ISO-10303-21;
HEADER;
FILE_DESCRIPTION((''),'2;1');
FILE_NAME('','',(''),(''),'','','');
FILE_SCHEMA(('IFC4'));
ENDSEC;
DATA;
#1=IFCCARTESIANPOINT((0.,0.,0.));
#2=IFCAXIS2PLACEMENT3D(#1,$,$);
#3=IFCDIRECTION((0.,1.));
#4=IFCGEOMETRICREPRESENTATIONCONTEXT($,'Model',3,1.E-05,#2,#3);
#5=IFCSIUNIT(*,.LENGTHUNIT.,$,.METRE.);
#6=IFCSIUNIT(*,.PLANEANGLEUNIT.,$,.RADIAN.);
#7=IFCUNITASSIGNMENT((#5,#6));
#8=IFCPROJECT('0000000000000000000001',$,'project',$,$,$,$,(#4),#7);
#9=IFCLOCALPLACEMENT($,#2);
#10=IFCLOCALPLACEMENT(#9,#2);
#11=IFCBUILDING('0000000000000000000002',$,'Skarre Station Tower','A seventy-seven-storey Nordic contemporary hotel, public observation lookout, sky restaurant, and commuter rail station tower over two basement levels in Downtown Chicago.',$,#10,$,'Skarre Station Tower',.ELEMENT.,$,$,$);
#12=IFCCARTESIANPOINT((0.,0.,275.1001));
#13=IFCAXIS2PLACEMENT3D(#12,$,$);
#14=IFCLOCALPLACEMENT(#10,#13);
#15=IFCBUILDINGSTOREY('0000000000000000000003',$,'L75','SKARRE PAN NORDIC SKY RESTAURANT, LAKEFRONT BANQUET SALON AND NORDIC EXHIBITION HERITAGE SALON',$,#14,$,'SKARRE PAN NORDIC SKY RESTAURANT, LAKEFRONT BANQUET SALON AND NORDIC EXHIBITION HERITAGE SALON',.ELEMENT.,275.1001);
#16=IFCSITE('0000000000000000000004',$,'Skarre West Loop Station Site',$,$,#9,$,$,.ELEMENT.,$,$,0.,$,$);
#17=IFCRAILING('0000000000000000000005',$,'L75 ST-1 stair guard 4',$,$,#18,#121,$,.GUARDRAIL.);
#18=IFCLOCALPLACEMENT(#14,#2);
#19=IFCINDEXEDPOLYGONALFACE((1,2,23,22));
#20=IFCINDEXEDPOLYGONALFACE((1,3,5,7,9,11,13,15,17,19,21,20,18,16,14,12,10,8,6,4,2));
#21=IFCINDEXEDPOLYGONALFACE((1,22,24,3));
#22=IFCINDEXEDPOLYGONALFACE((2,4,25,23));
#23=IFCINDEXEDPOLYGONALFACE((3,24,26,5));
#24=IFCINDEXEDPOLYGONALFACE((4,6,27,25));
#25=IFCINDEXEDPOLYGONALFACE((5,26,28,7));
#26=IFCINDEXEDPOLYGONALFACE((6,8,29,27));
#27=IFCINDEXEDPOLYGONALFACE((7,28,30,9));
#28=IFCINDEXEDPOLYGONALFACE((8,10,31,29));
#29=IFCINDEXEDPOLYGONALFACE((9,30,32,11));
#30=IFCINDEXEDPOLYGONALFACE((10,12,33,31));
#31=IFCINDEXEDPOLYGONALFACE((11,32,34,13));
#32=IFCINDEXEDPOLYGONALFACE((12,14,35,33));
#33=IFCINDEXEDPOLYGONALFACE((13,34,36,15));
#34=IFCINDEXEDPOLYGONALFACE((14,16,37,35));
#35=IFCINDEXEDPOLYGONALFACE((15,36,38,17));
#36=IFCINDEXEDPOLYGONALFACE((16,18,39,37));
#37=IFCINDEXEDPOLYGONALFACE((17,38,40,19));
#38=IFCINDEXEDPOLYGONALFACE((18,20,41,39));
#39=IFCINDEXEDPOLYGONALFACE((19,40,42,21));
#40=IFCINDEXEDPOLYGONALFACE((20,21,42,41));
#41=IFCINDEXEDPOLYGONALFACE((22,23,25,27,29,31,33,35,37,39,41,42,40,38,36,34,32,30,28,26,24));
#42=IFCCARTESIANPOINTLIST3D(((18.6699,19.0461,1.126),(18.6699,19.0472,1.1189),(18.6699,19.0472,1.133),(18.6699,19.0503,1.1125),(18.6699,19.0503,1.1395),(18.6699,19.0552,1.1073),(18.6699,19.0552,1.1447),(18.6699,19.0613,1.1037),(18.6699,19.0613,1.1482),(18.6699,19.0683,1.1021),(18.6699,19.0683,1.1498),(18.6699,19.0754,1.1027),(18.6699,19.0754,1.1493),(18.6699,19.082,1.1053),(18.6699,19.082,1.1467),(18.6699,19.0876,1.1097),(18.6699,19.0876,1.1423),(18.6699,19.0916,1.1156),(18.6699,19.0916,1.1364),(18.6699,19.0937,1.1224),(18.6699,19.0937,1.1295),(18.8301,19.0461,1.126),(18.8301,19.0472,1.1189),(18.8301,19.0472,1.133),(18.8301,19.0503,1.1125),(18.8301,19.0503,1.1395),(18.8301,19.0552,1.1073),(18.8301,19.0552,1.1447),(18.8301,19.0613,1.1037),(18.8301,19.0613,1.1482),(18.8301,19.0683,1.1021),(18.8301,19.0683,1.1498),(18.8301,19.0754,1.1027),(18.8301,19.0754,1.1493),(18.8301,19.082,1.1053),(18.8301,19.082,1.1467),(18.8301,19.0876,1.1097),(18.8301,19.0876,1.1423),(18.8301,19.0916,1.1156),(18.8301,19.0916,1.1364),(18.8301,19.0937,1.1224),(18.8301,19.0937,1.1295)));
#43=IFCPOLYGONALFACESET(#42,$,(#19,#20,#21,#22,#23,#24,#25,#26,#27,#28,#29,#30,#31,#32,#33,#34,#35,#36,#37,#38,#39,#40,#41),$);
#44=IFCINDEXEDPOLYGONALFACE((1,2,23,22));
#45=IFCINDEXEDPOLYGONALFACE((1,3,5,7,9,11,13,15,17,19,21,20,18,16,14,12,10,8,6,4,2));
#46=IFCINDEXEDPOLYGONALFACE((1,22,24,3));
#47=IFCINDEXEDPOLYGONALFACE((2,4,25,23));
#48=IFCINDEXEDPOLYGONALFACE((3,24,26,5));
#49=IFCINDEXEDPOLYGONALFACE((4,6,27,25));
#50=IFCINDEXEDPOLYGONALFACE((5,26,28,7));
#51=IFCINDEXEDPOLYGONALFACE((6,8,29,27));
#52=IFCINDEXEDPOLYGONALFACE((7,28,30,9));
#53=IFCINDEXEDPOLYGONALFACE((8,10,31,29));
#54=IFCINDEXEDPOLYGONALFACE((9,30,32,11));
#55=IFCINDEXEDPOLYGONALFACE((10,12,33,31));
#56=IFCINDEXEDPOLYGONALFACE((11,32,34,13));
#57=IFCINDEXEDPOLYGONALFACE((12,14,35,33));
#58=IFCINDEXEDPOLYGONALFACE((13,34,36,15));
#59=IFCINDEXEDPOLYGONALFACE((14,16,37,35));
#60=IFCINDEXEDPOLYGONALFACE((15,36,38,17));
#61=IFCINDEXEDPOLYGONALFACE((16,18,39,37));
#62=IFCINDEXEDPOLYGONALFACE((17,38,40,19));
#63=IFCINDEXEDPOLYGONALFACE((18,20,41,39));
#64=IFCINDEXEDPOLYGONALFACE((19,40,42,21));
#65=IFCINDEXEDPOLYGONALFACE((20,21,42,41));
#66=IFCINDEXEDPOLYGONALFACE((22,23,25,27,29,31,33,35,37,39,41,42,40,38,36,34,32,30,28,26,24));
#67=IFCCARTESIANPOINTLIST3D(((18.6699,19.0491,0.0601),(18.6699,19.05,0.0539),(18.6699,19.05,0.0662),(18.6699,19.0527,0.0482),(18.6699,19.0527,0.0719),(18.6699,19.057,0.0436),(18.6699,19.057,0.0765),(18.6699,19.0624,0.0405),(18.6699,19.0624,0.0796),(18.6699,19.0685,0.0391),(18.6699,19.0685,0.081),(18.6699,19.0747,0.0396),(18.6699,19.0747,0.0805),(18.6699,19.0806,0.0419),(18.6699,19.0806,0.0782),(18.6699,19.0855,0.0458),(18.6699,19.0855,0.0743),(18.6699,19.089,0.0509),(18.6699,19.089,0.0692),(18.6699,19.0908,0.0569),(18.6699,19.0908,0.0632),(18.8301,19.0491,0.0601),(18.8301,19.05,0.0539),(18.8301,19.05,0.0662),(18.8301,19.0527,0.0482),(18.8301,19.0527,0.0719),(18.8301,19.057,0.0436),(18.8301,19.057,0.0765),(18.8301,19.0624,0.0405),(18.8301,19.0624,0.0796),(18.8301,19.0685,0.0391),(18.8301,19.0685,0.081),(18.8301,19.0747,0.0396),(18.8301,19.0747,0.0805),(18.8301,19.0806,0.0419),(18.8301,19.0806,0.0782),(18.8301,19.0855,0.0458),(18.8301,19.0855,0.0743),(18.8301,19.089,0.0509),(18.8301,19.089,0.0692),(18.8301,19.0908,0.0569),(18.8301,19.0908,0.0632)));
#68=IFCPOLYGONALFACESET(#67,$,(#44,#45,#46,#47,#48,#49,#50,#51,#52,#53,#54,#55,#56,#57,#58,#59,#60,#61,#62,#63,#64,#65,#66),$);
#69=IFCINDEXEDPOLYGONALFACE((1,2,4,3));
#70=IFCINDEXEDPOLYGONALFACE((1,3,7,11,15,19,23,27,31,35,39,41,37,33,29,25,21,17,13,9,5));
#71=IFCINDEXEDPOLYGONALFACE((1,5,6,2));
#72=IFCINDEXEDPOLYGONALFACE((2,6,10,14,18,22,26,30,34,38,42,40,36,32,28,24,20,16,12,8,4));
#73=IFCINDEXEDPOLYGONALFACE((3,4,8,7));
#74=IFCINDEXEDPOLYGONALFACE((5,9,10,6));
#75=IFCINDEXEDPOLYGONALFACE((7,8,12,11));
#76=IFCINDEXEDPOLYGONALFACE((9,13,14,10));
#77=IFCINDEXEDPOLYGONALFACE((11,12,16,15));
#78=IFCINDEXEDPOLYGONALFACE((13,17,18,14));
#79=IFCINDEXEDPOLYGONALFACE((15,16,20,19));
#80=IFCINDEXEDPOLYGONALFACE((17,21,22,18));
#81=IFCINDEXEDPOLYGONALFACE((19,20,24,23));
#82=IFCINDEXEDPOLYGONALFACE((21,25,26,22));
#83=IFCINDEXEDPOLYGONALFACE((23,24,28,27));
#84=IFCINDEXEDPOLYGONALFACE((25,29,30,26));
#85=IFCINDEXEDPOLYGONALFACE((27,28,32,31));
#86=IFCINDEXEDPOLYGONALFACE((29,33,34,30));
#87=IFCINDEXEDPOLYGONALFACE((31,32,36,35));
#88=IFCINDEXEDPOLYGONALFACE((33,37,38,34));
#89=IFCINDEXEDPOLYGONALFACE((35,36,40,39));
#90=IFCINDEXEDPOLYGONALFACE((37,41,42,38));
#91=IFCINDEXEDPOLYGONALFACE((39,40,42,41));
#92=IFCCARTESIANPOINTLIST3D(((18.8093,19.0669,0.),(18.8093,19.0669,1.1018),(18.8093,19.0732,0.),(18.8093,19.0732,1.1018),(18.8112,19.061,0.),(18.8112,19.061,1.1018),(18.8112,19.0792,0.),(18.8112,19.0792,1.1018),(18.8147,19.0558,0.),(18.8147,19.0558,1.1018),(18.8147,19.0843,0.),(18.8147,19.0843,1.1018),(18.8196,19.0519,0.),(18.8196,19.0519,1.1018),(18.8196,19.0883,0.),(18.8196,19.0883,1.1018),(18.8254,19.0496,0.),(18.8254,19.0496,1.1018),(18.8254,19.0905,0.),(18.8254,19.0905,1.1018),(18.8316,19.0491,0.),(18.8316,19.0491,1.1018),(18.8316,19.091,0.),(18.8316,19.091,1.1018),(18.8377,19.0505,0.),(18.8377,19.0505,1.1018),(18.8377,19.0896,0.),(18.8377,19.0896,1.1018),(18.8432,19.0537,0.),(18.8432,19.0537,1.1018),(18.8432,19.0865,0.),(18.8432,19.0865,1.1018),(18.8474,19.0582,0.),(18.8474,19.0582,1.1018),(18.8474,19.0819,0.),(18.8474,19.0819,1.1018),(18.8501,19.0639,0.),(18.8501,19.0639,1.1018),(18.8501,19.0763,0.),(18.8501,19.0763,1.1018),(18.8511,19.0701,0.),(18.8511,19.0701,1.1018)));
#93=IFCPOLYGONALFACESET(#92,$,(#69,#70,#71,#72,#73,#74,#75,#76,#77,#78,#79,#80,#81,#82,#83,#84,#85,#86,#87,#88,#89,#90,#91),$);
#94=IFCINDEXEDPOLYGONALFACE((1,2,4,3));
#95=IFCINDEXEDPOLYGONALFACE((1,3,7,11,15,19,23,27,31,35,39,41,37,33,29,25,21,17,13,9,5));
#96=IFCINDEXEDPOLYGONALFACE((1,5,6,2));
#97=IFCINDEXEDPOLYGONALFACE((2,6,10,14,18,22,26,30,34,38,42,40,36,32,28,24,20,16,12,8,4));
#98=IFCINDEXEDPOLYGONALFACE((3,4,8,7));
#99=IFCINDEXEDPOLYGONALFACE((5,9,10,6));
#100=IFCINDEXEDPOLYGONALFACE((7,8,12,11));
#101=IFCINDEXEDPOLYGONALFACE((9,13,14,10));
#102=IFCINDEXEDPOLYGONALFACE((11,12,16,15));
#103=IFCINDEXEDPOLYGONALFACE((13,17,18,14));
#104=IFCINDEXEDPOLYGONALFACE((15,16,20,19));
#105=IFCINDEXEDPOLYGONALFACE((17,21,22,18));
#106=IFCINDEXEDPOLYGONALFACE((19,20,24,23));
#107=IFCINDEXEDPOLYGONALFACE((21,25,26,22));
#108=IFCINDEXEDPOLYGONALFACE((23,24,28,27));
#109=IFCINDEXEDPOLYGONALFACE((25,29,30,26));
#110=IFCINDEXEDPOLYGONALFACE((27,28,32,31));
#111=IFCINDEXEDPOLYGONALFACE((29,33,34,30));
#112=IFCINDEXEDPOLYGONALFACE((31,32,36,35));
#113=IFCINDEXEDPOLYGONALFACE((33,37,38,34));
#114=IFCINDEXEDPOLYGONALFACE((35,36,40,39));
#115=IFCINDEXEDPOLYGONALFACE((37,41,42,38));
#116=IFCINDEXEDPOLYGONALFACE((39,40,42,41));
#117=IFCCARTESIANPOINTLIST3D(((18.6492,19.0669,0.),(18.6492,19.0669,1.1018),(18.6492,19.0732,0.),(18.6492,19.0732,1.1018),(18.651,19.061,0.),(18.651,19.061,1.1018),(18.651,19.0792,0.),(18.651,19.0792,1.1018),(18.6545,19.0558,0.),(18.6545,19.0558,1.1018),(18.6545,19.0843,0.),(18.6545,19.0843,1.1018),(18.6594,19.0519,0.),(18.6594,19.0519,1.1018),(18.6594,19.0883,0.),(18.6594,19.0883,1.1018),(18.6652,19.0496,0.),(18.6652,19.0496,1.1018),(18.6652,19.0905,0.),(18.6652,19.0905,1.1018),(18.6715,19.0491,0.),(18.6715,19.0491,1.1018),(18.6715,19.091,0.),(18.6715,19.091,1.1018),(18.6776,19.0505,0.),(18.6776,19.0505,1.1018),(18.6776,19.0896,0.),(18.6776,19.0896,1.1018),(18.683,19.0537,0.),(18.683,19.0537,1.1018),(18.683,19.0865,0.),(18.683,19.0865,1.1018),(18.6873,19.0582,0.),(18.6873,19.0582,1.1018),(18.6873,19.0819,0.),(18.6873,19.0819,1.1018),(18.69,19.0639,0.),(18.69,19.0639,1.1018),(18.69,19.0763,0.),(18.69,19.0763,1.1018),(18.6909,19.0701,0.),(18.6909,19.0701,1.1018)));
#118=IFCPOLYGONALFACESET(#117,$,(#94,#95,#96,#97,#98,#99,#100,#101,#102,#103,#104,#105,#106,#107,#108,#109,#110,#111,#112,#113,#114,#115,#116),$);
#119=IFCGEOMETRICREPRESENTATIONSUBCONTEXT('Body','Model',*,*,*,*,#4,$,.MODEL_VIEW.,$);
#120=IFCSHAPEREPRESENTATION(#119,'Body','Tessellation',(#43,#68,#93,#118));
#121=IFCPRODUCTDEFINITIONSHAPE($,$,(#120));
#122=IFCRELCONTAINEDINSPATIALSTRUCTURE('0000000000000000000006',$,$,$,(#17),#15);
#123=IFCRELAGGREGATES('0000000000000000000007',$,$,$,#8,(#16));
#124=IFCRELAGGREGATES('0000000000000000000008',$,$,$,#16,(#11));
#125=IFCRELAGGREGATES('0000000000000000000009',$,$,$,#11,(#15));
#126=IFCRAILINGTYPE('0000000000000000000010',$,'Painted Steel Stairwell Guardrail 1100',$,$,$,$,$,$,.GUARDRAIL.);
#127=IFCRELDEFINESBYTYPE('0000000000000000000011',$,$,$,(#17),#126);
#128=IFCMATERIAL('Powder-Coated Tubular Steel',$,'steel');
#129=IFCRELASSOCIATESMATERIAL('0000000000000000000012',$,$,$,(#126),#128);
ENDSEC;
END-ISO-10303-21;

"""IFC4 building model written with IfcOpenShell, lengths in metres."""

from ifc_helpers import new_model, si_unit, direction, frame, origin, origin_2d, place, context, subcontext, project, spatial, circle, extrude, material, type_object, element, save


model = new_model("IFC4")

# Units and contexts
model_context = context("Model", 3, precision=1e-05, world=origin(), true_north=direction((0.0, 1.0)))
body_context = subcontext(model_context, "Body", "Model", "MODEL_VIEW")
ifc_project = project(units=[si_unit("LENGTHUNIT", "METRE"), si_unit("PLANEANGLEUNIT", "RADIAN")], contexts=[model_context])

# Site, building, storey
site_placement = place(None, origin())
site = spatial("IfcSite", under=ifc_project, at=site_placement, Name="Skarre West Loop Station Site", CompositionType="ELEMENT", RefElevation=0.0)
building_placement = place(site_placement, origin())
building = spatial("IfcBuilding", under=site, at=building_placement, Name="Skarre Station Tower", Description="A seventy-seven-storey Nordic contemporary hotel, public observation lookout, sky restaurant, and commuter rail station tower over two basement levels in Downtown Chicago.", LongName="Skarre Station Tower", CompositionType="ELEMENT")
storey_placement = place(building_placement, frame((0.0, 0.0, 275.1001)))
storey = spatial("IfcBuildingStorey", under=building, at=storey_placement, Name="L75", Description="SKARRE PAN NORDIC SKY RESTAURANT, LAKEFRONT BANQUET SALON AND NORDIC EXHIBITION HERITAGE SALON", LongName="SKARRE PAN NORDIC SKY RESTAURANT, LAKEFRONT BANQUET SALON AND NORDIC EXHIBITION HERITAGE SALON", CompositionType="ELEMENT", Elevation=275.1001)

# Railing
ifc_material_1 = material(Name="Powder-Coated Tubular Steel", Category="steel")
railing_type = type_object("IfcRailingType", Name="Painted Steel Stairwell Guardrail 1100", PredefinedType="GUARDRAIL", material=ifc_material_1)
railing_placement = place(storey_placement, frame((18.8301, 19.0701, 0.0)))
element("IfcRailing", 1, at=railing_placement, inside=storey, type_object=railing_type, Name="L75 ST-1 stair guard 4", PredefinedType="GUARDRAIL", context=body_context, shape_type="SweptSolid", body=[
    extrude(circle(Radius=0.0239, at=origin_2d()), frame((0.0, 0.0, 1.126), z_axis=(-1.0, 0.0, 0.0), x_axis=(0.0, -1.0, 0.0)), (0.0, 0.0, 1.0), 0.1602),
    extrude(circle(Radius=0.021, at=origin_2d()), frame((0.0, 0.0, 0.0601), z_axis=(-1.0, 0.0, 0.0), x_axis=(0.0, -1.0, 0.0)), (0.0, 0.0, 1.0), 0.1602),
    extrude(circle(Radius=0.021, at=origin_2d()), origin(), (0.0, 0.0, 1.0), 1.1018),
    extrude(circle(Radius=0.021, at=origin_2d()), frame((-0.1602, 0.0, 0.0)), (0.0, 0.0, 1.0), 1.1018),
])

save(model, "model.ifc")
